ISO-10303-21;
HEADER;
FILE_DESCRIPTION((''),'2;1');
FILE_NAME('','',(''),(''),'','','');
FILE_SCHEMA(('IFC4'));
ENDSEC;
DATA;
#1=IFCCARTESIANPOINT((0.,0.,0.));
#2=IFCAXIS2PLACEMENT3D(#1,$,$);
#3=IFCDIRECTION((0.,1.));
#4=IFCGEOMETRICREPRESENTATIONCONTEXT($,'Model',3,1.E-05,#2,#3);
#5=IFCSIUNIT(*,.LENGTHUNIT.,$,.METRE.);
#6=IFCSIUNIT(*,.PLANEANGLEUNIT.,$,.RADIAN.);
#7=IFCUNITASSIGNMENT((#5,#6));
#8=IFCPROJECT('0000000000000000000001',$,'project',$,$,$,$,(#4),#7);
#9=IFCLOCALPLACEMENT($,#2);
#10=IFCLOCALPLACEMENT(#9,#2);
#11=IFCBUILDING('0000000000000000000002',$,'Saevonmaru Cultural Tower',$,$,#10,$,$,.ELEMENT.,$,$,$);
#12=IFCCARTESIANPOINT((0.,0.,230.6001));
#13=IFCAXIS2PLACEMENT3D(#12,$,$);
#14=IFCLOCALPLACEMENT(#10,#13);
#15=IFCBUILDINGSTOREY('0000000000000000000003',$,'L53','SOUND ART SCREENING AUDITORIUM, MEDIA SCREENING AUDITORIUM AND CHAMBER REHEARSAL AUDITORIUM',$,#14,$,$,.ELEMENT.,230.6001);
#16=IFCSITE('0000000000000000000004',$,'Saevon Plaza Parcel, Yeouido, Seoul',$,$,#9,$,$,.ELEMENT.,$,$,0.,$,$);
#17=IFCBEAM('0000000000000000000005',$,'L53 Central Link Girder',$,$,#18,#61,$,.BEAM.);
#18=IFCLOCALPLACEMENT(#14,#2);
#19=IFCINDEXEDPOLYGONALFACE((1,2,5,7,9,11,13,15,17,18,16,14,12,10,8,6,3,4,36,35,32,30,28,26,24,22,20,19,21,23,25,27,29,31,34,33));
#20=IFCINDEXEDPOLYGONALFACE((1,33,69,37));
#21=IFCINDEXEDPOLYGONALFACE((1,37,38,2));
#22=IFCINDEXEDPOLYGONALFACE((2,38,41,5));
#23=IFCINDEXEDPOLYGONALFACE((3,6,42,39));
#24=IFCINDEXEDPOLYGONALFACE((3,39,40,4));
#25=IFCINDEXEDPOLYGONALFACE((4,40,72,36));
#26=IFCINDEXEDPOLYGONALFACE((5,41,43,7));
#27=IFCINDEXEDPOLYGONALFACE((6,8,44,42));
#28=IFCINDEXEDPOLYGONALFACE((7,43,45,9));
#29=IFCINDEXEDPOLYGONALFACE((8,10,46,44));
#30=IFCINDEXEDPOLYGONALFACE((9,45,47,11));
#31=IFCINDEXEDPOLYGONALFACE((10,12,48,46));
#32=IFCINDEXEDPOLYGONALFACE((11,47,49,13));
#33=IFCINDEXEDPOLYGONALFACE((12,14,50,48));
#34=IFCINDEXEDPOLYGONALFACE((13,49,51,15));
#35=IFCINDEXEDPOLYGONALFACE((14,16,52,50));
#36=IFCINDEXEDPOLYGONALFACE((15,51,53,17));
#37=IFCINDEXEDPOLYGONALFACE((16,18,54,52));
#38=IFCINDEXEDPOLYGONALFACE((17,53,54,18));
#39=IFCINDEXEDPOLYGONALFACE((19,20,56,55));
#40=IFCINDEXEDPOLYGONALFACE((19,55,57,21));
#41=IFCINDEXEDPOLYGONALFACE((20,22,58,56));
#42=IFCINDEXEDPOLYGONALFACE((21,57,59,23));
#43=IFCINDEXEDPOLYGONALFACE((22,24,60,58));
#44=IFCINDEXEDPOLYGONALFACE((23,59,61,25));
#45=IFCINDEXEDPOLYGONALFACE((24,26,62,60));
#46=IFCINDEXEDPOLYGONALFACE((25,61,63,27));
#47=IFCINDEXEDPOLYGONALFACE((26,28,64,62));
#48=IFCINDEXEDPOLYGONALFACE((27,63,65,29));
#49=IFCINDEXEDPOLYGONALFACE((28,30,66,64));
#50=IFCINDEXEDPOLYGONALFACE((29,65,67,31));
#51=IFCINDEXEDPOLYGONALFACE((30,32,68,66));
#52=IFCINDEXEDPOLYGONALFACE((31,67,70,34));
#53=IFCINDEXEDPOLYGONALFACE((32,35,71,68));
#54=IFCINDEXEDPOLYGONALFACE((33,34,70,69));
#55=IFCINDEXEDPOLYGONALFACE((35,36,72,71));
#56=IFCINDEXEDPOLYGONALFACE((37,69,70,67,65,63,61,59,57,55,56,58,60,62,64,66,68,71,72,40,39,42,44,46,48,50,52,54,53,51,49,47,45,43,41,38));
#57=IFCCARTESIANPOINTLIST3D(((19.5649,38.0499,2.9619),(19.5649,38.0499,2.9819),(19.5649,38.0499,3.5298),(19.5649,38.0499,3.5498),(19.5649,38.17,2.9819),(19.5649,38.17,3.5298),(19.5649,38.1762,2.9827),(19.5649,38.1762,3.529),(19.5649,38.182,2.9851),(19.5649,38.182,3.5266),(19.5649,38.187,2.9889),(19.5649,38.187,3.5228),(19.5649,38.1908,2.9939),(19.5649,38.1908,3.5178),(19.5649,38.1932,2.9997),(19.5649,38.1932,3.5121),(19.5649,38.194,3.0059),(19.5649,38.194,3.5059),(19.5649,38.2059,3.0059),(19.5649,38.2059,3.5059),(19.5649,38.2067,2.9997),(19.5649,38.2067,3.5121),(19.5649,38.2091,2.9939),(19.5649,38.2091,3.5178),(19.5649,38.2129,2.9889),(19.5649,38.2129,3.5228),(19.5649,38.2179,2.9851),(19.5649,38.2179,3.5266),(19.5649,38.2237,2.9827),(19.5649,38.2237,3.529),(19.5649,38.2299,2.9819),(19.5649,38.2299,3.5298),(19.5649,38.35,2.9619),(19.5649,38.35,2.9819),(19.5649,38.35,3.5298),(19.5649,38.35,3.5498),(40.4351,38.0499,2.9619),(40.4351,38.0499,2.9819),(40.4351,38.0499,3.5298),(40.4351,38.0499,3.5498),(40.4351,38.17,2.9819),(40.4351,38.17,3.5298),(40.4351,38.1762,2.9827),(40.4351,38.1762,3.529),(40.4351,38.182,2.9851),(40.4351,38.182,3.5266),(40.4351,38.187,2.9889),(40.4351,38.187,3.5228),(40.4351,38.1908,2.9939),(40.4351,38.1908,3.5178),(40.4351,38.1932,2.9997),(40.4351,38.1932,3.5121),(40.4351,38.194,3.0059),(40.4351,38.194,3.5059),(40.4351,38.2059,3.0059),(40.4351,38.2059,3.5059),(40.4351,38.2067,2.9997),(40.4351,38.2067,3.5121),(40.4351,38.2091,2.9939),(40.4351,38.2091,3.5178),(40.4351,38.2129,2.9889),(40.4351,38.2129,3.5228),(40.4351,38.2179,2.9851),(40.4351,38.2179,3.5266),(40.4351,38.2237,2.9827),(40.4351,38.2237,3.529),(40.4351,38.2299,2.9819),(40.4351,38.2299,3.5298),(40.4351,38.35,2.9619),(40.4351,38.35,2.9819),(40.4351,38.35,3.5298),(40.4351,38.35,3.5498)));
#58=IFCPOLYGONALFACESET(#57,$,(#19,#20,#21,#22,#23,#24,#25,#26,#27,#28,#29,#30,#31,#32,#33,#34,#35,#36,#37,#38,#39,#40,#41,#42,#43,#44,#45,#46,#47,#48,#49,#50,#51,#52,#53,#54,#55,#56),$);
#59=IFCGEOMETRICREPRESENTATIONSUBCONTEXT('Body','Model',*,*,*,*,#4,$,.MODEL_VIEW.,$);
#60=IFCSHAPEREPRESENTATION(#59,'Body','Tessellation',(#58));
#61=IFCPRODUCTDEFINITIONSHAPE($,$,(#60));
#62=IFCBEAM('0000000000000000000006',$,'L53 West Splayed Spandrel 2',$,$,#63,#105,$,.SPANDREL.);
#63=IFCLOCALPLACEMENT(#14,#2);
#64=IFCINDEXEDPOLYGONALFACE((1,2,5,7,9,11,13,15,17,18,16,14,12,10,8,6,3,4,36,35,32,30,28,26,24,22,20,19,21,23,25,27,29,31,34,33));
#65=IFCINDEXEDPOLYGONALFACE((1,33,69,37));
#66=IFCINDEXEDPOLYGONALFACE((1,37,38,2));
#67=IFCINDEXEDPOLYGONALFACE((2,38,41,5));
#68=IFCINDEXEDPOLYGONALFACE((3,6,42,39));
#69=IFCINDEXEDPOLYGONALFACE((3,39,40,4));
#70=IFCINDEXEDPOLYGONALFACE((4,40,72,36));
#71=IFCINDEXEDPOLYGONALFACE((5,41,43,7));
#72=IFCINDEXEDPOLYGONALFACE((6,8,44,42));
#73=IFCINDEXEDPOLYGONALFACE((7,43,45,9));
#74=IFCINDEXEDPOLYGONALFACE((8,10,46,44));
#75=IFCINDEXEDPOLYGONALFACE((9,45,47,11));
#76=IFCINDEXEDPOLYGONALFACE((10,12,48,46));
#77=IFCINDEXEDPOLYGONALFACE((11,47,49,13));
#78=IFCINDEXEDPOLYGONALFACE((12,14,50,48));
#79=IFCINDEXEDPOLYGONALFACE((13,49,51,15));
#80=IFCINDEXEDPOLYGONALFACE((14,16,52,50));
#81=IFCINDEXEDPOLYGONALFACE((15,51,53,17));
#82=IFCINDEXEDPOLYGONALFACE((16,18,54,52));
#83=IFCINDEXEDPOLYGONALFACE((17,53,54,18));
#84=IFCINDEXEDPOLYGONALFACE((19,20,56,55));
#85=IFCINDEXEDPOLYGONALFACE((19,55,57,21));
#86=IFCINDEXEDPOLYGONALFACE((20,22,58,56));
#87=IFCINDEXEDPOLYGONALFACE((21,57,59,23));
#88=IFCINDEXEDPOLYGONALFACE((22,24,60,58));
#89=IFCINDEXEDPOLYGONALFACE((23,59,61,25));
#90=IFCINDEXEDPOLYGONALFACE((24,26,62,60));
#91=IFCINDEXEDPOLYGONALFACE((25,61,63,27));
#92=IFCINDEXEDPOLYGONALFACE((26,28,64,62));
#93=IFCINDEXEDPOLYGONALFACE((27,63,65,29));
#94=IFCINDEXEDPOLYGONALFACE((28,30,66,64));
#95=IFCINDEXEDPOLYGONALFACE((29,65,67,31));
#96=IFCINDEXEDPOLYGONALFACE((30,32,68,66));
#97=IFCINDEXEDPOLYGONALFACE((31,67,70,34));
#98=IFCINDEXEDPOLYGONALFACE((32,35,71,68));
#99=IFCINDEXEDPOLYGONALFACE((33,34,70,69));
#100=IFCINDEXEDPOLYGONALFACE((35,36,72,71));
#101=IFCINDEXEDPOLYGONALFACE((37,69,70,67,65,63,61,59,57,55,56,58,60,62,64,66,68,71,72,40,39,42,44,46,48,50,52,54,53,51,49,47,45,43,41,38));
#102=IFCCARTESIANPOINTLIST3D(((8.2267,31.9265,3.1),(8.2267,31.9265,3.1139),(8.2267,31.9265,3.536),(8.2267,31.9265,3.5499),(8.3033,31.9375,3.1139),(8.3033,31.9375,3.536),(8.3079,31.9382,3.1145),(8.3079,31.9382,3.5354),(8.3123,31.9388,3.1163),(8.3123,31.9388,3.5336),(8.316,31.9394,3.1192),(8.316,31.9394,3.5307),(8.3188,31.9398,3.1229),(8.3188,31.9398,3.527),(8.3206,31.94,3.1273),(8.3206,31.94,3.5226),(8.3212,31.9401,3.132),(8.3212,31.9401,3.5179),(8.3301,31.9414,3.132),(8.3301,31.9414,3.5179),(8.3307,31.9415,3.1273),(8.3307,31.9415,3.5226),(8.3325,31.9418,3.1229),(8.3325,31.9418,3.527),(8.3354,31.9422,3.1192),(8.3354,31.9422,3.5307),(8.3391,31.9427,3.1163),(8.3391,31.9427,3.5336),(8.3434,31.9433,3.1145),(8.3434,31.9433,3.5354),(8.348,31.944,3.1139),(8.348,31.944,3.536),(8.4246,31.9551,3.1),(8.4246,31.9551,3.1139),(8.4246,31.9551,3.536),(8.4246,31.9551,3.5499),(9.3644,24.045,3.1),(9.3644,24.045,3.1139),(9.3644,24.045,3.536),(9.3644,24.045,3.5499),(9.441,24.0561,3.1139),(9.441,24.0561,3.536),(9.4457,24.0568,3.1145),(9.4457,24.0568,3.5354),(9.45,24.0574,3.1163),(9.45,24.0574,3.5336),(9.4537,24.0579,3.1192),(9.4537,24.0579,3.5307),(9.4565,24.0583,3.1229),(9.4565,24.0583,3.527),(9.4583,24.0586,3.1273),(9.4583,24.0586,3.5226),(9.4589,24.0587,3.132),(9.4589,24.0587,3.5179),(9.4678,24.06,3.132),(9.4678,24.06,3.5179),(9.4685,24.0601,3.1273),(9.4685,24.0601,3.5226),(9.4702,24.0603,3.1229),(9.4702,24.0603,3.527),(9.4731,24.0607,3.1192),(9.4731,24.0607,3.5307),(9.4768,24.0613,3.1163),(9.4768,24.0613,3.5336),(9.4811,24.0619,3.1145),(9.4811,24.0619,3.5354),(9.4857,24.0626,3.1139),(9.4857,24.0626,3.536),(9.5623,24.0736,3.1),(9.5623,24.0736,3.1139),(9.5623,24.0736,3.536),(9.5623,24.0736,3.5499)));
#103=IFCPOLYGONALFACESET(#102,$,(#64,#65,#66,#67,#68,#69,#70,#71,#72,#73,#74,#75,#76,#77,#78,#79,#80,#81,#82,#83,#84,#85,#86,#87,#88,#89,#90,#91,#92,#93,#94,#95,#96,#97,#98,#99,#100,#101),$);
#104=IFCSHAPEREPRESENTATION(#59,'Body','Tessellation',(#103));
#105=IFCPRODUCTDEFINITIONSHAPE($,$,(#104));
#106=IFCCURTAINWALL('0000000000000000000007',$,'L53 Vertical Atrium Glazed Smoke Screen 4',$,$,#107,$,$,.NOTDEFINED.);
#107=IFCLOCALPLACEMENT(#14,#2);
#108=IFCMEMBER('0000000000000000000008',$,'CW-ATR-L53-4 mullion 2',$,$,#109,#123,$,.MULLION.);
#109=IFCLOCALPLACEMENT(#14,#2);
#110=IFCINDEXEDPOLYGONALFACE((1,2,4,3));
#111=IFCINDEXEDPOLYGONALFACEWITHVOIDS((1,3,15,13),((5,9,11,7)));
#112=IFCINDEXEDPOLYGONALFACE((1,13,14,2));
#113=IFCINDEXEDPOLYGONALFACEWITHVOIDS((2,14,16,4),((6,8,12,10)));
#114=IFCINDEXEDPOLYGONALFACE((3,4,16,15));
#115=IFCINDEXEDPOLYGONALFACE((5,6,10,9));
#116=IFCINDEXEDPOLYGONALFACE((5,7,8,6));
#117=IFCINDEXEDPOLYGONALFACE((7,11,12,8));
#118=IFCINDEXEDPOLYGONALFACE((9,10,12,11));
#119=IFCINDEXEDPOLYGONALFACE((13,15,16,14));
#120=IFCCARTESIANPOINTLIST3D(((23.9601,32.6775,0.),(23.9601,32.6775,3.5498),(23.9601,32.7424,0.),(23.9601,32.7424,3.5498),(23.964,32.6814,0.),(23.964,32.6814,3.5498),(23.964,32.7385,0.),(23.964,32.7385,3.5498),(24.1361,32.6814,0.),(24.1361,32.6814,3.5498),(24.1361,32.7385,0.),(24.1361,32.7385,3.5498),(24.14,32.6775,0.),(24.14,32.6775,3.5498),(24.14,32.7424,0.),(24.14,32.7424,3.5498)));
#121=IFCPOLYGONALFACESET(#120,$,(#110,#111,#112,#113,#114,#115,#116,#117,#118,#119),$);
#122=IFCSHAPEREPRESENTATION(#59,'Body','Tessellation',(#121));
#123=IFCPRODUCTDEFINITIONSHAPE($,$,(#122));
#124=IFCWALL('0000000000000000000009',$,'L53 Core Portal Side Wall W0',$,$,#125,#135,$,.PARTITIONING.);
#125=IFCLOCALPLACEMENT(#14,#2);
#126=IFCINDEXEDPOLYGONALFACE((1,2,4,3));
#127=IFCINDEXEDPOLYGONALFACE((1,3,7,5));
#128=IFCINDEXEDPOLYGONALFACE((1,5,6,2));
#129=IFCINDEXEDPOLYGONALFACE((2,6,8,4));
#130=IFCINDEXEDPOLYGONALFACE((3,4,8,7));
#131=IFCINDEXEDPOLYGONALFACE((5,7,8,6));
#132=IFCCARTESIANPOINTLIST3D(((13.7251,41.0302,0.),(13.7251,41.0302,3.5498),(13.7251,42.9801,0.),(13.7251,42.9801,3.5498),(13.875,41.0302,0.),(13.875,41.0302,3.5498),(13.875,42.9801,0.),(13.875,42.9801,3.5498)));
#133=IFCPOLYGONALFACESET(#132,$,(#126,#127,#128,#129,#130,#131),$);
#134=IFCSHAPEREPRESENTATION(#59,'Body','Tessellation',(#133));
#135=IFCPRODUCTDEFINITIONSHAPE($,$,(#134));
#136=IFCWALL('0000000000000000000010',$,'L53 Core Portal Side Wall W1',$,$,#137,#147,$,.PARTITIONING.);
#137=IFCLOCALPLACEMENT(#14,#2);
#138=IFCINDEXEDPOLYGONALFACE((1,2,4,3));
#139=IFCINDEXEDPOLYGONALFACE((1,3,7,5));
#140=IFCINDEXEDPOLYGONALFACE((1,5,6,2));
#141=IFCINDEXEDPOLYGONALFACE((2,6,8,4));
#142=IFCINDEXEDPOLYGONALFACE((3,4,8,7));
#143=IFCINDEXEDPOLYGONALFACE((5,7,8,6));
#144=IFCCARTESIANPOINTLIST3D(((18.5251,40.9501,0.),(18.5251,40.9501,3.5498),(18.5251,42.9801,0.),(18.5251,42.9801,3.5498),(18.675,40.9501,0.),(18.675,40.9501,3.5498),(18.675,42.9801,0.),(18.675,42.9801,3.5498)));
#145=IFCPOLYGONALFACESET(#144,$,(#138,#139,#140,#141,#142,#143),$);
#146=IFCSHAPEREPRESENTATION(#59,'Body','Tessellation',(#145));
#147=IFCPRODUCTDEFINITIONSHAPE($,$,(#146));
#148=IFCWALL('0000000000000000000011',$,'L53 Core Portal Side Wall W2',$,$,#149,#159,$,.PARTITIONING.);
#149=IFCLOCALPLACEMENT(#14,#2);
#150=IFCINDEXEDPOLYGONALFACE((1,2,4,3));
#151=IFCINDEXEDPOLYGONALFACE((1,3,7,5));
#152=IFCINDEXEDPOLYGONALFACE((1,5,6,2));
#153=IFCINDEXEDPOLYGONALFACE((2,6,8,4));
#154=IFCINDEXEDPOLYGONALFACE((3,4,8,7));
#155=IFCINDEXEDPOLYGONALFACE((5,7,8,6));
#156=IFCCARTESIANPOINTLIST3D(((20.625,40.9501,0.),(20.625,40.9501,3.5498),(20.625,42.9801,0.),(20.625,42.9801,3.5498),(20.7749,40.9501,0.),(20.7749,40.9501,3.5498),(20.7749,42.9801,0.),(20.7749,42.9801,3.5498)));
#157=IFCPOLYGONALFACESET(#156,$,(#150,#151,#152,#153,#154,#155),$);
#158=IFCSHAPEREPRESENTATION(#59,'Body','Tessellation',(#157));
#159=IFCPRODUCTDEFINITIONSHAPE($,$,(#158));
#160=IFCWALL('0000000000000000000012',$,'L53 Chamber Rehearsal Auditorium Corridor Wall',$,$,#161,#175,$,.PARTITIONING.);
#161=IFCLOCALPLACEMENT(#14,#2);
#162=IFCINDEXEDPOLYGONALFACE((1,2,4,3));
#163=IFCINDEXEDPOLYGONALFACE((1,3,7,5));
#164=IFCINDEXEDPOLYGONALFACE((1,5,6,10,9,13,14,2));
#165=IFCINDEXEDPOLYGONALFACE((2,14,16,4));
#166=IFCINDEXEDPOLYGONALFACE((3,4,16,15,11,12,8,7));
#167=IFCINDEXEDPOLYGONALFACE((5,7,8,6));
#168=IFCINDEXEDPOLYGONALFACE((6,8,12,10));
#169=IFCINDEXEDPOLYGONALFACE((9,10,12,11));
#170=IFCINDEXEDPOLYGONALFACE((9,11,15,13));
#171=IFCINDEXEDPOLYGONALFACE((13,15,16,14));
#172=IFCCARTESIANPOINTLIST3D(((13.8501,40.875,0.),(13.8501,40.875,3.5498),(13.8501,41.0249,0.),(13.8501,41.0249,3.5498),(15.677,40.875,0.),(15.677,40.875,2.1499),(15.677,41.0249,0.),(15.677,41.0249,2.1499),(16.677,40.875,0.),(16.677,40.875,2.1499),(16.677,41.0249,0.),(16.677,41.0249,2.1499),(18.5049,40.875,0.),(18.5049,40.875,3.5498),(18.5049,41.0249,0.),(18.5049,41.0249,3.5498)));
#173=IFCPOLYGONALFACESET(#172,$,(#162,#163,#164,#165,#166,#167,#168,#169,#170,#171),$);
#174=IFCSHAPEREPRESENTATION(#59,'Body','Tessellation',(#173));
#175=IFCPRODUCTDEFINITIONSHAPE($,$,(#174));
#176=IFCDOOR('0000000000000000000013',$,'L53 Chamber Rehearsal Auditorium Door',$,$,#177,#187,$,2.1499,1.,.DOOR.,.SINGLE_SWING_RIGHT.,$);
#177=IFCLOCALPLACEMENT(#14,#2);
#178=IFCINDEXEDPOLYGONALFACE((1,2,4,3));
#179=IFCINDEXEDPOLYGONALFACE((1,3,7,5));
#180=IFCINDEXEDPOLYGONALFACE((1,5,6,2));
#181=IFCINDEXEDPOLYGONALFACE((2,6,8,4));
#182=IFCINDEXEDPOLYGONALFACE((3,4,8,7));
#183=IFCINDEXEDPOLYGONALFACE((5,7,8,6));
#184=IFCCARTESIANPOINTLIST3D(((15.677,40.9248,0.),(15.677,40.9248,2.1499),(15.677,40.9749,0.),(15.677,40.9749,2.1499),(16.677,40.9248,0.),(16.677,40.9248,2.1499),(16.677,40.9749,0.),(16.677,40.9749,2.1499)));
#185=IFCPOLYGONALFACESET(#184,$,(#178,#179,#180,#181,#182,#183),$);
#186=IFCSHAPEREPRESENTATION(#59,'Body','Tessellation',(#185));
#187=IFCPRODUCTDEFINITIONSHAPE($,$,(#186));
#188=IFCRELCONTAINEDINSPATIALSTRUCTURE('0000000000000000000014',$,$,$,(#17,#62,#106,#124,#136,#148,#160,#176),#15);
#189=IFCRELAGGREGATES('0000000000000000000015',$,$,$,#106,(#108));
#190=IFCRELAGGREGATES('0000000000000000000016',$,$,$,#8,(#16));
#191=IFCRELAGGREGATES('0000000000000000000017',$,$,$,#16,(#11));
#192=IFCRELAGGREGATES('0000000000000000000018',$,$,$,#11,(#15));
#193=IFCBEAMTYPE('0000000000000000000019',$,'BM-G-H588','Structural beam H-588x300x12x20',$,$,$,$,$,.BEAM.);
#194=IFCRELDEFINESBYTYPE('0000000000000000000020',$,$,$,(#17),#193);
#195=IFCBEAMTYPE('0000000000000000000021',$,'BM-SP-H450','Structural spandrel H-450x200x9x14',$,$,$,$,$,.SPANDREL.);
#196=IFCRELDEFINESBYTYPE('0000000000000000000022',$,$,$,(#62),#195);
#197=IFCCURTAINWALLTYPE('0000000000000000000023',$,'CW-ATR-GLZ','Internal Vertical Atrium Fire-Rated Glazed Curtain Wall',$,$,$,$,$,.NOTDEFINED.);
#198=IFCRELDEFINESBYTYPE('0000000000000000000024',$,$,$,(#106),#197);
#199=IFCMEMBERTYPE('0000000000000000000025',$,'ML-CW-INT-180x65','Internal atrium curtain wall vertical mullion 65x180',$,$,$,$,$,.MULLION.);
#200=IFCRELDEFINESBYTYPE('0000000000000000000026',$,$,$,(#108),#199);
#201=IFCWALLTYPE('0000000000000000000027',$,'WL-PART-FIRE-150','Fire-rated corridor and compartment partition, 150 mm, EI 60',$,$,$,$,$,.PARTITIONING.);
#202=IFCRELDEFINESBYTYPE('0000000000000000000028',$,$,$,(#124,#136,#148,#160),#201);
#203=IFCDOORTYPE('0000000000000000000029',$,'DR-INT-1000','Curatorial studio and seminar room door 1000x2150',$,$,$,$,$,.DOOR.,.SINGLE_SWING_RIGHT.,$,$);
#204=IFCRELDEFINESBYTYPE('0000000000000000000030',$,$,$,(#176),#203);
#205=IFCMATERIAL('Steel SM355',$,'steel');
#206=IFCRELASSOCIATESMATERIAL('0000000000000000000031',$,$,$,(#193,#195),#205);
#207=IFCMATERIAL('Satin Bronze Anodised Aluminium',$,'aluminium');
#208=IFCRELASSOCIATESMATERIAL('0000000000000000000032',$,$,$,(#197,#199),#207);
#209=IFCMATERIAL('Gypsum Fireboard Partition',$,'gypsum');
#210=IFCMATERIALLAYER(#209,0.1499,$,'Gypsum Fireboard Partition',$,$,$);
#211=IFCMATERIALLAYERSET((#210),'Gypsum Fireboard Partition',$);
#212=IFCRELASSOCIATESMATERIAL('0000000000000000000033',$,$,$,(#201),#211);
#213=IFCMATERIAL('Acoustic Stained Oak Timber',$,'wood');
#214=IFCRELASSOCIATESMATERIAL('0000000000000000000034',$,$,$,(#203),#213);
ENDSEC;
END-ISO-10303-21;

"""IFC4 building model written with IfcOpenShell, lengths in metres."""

from ifc_helpers import new_model, si_unit, direction, frame, frame_2d, origin, origin_2d, place, context, subcontext, project, spatial, rectangle, hollow_rectangle, i_section, extrude, material, layer, layer_set, material_profile, profile_set, type_object, element, fill, aggregate, save


model = new_model("IFC4")

# Units and contexts
model_context = context("Model", 3, precision=1e-05, world=origin(), true_north=direction((0.0, 1.0)))
body_context = subcontext(model_context, "Body", "Model", "MODEL_VIEW")
ifc_project = project(units=[si_unit("LENGTHUNIT", "METRE"), si_unit("PLANEANGLEUNIT", "RADIAN")], contexts=[model_context])

# Site, building, storey
site_placement = place(None, origin())
site = spatial("IfcSite", under=ifc_project, at=site_placement, Name="Saevon Plaza Parcel, Yeouido, Seoul", CompositionType="ELEMENT", RefElevation=0.0)
building_placement = place(site_placement, origin())
building = spatial("IfcBuilding", under=site, at=building_placement, Name="Saevonmaru Cultural Tower", CompositionType="ELEMENT")
storey_placement = place(building_placement, frame((0.0, 0.0, 230.6001)))
storey = spatial("IfcBuildingStorey", under=building, at=storey_placement, Name="L53", Description="SOUND ART SCREENING AUDITORIUM, MEDIA SCREENING AUDITORIUM AND CHAMBER REHEARSAL AUDITORIUM", CompositionType="ELEMENT", Elevation=230.6001)

# Shared definitions
ifc_material_1 = material(Name="Steel SM355", Category="steel")

# Beams
ifc_material_profile_1 = material_profile(ifc_material_1, i_section(OverallWidth=0.3, OverallDepth=0.5879, WebThickness=0.012, FlangeThickness=0.02, FilletRadius=0.0239, at=origin_2d()), Name="H-588x300x12x20")
ifc_profile_set_1 = profile_set([ifc_material_profile_1], Name="Steel SM355")
beam_type_1 = type_object("IfcBeamType", Name="BM-G-H588", Description="Structural beam H-588x300x12x20", PredefinedType="BEAM", material=ifc_profile_set_1)
beam_1_placement = place(storey_placement, frame((19.5649, 38.2, 3.2559), z_axis=(1.0, 0.0, 0.0), x_axis=(0.0, 1.0, 0.0)))
element("IfcBeam", 1, at=beam_1_placement, inside=storey, type_object=beam_type_1, Name="L53 Central Link Girder", PredefinedType="BEAM", context=body_context, shape_type="SweptSolid", body=[
    extrude(i_section(OverallWidth=0.3, OverallDepth=0.5879, WebThickness=0.012, FlangeThickness=0.02, FilletRadius=0.0239, at=origin_2d()), origin(), (0.0, 0.0, 1.0), 20.8701),
])
ifc_material_profile_2 = material_profile(ifc_material_1, i_section(OverallWidth=0.2, OverallDepth=0.45, WebThickness=0.009, FlangeThickness=0.0139, FilletRadius=0.0181, at=origin_2d()), Name="H-450x200x9x14")
ifc_profile_set_2 = profile_set([ifc_material_profile_2], Name="Steel SM355")
beam_type_2 = type_object("IfcBeamType", Name="BM-SP-H450", Description="Structural spandrel H-450x200x9x14", PredefinedType="SPANDREL", material=ifc_profile_set_2)
beam_2_placement = place(storey_placement, frame((9.4634, 24.0593, 3.325), z_axis=(-0.142872, 0.989741, 0.0), x_axis=(-0.989741, -0.142872, 0.0)))
element("IfcBeam", 2, at=beam_2_placement, inside=storey, type_object=beam_type_2, Name="L53 West Splayed Spandrel 2", PredefinedType="SPANDREL", context=body_context, shape_type="SweptSolid", body=[
    extrude(i_section(OverallWidth=0.2, OverallDepth=0.45, WebThickness=0.009, FlangeThickness=0.0139, FilletRadius=0.0181, at=origin_2d()), origin(), (0.0, 0.0, 1.0), 7.9631),
])

# Curtain wall, member
ifc_material_2 = material(Name="Satin Bronze Anodised Aluminium", Category="aluminium")
curtain_wall_type = type_object("IfcCurtainWallType", Name="CW-ATR-GLZ", Description="Internal Vertical Atrium Fire-Rated Glazed Curtain Wall", PredefinedType="NOTDEFINED", material=ifc_material_2)
curtain_wall_placement = place(storey_placement, origin())
curtain_wall = element("IfcCurtainWall", 3, at=curtain_wall_placement, inside=storey, type_object=curtain_wall_type, Name="L53 Vertical Atrium Glazed Smoke Screen 4", PredefinedType="NOTDEFINED")
ifc_material_profile_3 = material_profile(ifc_material_2, hollow_rectangle(XDim=0.0649, YDim=0.1799, WallThickness=0.0039, at=origin_2d()), Name="ALU-MULL-180x65x4")
ifc_profile_set_3 = profile_set([ifc_material_profile_3], Name="Satin Bronze Anodised Aluminium")
member_type = type_object("IfcMemberType", Name="ML-CW-INT-180x65", Description="Internal atrium curtain wall vertical mullion 65x180", PredefinedType="MULLION", material=ifc_profile_set_3)
member_placement = place(storey_placement, frame((24.05, 32.71, 0.0), z_axis=(0.0, 0.0, 1.0), x_axis=(0.0, -1.0, 0.0)))
member = element("IfcMember", 4, at=member_placement, type_object=member_type, Name="CW-ATR-L53-4 mullion 2", PredefinedType="MULLION", context=body_context, shape_type="SweptSolid", body=[
    extrude(hollow_rectangle(XDim=0.0649, YDim=0.1799, WallThickness=0.0039, at=origin_2d()), origin(), (0.0, 0.0, 1.0), 3.5498),
])
aggregate(curtain_wall, [member])

# Shared definitions
ifc_material_3 = material(Name="Gypsum Fireboard Partition", Category="gypsum")
ifc_layer_1 = layer(ifc_material_3, 0.1499, Name="Gypsum Fireboard Partition")
ifc_layer_set_1 = layer_set([ifc_layer_1], Name="Gypsum Fireboard Partition")
wall_type_1 = type_object("IfcWallType", Name="WL-PART-FIRE-150", Description="Fire-rated corridor and compartment partition, 150 mm, EI 60", PredefinedType="PARTITIONING", material=ifc_layer_set_1)
ifc_material_4 = material(Name="Acoustic Stained Oak Timber", Category="wood")
door_type = type_object("IfcDoorType", Name="DR-INT-1000", Description="Curatorial studio and seminar room door 1000x2150", OperationType="SINGLE_SWING_RIGHT", PredefinedType="DOOR", material=ifc_material_4)

# Walls
wall_1_placement = place(storey_placement, frame((13.8, 41.03, 0.0), z_axis=(0.0, 0.0, 1.0), x_axis=(0.0, 1.0, 0.0)))
element("IfcWall", 5, at=wall_1_placement, inside=storey, type_object=wall_type_1, Name="L53 Core Portal Side Wall W0", PredefinedType="PARTITIONING", context=body_context, shape_type="SweptSolid", body=[
    extrude(rectangle(XDim=1.95, YDim=0.1499, at=frame_2d((0.9751, 0.0))), origin(), (0.0, 0.0, 1.0), 3.5498),
])
for number, where, z_axis, x_axis, name in (
    (6, (18.6001, 40.95, 0.0), (0.0, 0.0, 1.0), (0.0, 1.0, 0.0), "L53 Core Portal Side Wall W1"),
    (7, (20.7, 40.95, 0.0), (0.0, 0.0, 1.0), (0.0, 1.0, 0.0), "L53 Core Portal Side Wall W2"),
):
    element("IfcWall", number, at=place(storey_placement, frame(where, z_axis=z_axis, x_axis=x_axis)), inside=storey, type_object=wall_type_1, Name=name, PredefinedType="PARTITIONING", context=body_context, shape_type="SweptSolid", body=[
        extrude(rectangle(XDim=2.03, YDim=0.1499, at=frame_2d((1.0151, 0.0))), origin(), (0.0, 0.0, 1.0), 3.5498),
    ])

# Wall, opening, door
wall_2_placement = place(storey_placement, frame((13.8501, 40.95, 0.0), z_axis=(0.0, 0.0, 1.0), x_axis=(1.0, 0.0, 0.0)))
wall_2 = element("IfcWall", 8, at=wall_2_placement, inside=storey, type_object=wall_type_1, Name="L53 Chamber Rehearsal Auditorium Corridor Wall", PredefinedType="PARTITIONING", context=body_context, shape_type="SweptSolid", body=[
    extrude(rectangle(XDim=4.6548, YDim=0.1499, at=frame_2d((2.3274, 0.0))), origin(), (0.0, 0.0, 1.0), 3.5498),
])
opening_1_placement = place(wall_2_placement, frame((1.8269, 0.0, 0.0)))
opening_1 = element("IfcOpeningElement", 9, at=opening_1_placement, cuts=wall_2, PredefinedType="OPENING", context=body_context, shape_type="SweptSolid", body=[
    extrude(rectangle(XDim=1.0, YDim=2.1499, at=frame_2d((0.5, 1.075))), frame((0.0, 0.085, 0.0), z_axis=(0.0, -1.0, 0.0), x_axis=(1.0, 0.0, 0.0)), (0.0, 0.0, 1.0), 0.1699),
])
door_1_placement = place(opening_1_placement, origin())
door_1 = element("IfcDoor", 10, at=door_1_placement, inside=storey, type_object=door_type, Name="L53 Chamber Rehearsal Auditorium Door", OperationType="SINGLE_SWING_RIGHT", OverallHeight=2.1499, OverallWidth=1.0, PredefinedType="DOOR", context=body_context, shape_type="SweptSolid", body=[
    extrude(rectangle(XDim=1.0, YDim=2.1499, at=frame_2d((0.5, 1.075))), frame((0.0, 0.0249, 0.0), z_axis=(0.0, -1.0, 0.0), x_axis=(1.0, 0.0, 0.0)), (0.0, 0.0, 1.0), 0.05),
])
fill(opening_1, door_1)

save(model, "model.ifc")
